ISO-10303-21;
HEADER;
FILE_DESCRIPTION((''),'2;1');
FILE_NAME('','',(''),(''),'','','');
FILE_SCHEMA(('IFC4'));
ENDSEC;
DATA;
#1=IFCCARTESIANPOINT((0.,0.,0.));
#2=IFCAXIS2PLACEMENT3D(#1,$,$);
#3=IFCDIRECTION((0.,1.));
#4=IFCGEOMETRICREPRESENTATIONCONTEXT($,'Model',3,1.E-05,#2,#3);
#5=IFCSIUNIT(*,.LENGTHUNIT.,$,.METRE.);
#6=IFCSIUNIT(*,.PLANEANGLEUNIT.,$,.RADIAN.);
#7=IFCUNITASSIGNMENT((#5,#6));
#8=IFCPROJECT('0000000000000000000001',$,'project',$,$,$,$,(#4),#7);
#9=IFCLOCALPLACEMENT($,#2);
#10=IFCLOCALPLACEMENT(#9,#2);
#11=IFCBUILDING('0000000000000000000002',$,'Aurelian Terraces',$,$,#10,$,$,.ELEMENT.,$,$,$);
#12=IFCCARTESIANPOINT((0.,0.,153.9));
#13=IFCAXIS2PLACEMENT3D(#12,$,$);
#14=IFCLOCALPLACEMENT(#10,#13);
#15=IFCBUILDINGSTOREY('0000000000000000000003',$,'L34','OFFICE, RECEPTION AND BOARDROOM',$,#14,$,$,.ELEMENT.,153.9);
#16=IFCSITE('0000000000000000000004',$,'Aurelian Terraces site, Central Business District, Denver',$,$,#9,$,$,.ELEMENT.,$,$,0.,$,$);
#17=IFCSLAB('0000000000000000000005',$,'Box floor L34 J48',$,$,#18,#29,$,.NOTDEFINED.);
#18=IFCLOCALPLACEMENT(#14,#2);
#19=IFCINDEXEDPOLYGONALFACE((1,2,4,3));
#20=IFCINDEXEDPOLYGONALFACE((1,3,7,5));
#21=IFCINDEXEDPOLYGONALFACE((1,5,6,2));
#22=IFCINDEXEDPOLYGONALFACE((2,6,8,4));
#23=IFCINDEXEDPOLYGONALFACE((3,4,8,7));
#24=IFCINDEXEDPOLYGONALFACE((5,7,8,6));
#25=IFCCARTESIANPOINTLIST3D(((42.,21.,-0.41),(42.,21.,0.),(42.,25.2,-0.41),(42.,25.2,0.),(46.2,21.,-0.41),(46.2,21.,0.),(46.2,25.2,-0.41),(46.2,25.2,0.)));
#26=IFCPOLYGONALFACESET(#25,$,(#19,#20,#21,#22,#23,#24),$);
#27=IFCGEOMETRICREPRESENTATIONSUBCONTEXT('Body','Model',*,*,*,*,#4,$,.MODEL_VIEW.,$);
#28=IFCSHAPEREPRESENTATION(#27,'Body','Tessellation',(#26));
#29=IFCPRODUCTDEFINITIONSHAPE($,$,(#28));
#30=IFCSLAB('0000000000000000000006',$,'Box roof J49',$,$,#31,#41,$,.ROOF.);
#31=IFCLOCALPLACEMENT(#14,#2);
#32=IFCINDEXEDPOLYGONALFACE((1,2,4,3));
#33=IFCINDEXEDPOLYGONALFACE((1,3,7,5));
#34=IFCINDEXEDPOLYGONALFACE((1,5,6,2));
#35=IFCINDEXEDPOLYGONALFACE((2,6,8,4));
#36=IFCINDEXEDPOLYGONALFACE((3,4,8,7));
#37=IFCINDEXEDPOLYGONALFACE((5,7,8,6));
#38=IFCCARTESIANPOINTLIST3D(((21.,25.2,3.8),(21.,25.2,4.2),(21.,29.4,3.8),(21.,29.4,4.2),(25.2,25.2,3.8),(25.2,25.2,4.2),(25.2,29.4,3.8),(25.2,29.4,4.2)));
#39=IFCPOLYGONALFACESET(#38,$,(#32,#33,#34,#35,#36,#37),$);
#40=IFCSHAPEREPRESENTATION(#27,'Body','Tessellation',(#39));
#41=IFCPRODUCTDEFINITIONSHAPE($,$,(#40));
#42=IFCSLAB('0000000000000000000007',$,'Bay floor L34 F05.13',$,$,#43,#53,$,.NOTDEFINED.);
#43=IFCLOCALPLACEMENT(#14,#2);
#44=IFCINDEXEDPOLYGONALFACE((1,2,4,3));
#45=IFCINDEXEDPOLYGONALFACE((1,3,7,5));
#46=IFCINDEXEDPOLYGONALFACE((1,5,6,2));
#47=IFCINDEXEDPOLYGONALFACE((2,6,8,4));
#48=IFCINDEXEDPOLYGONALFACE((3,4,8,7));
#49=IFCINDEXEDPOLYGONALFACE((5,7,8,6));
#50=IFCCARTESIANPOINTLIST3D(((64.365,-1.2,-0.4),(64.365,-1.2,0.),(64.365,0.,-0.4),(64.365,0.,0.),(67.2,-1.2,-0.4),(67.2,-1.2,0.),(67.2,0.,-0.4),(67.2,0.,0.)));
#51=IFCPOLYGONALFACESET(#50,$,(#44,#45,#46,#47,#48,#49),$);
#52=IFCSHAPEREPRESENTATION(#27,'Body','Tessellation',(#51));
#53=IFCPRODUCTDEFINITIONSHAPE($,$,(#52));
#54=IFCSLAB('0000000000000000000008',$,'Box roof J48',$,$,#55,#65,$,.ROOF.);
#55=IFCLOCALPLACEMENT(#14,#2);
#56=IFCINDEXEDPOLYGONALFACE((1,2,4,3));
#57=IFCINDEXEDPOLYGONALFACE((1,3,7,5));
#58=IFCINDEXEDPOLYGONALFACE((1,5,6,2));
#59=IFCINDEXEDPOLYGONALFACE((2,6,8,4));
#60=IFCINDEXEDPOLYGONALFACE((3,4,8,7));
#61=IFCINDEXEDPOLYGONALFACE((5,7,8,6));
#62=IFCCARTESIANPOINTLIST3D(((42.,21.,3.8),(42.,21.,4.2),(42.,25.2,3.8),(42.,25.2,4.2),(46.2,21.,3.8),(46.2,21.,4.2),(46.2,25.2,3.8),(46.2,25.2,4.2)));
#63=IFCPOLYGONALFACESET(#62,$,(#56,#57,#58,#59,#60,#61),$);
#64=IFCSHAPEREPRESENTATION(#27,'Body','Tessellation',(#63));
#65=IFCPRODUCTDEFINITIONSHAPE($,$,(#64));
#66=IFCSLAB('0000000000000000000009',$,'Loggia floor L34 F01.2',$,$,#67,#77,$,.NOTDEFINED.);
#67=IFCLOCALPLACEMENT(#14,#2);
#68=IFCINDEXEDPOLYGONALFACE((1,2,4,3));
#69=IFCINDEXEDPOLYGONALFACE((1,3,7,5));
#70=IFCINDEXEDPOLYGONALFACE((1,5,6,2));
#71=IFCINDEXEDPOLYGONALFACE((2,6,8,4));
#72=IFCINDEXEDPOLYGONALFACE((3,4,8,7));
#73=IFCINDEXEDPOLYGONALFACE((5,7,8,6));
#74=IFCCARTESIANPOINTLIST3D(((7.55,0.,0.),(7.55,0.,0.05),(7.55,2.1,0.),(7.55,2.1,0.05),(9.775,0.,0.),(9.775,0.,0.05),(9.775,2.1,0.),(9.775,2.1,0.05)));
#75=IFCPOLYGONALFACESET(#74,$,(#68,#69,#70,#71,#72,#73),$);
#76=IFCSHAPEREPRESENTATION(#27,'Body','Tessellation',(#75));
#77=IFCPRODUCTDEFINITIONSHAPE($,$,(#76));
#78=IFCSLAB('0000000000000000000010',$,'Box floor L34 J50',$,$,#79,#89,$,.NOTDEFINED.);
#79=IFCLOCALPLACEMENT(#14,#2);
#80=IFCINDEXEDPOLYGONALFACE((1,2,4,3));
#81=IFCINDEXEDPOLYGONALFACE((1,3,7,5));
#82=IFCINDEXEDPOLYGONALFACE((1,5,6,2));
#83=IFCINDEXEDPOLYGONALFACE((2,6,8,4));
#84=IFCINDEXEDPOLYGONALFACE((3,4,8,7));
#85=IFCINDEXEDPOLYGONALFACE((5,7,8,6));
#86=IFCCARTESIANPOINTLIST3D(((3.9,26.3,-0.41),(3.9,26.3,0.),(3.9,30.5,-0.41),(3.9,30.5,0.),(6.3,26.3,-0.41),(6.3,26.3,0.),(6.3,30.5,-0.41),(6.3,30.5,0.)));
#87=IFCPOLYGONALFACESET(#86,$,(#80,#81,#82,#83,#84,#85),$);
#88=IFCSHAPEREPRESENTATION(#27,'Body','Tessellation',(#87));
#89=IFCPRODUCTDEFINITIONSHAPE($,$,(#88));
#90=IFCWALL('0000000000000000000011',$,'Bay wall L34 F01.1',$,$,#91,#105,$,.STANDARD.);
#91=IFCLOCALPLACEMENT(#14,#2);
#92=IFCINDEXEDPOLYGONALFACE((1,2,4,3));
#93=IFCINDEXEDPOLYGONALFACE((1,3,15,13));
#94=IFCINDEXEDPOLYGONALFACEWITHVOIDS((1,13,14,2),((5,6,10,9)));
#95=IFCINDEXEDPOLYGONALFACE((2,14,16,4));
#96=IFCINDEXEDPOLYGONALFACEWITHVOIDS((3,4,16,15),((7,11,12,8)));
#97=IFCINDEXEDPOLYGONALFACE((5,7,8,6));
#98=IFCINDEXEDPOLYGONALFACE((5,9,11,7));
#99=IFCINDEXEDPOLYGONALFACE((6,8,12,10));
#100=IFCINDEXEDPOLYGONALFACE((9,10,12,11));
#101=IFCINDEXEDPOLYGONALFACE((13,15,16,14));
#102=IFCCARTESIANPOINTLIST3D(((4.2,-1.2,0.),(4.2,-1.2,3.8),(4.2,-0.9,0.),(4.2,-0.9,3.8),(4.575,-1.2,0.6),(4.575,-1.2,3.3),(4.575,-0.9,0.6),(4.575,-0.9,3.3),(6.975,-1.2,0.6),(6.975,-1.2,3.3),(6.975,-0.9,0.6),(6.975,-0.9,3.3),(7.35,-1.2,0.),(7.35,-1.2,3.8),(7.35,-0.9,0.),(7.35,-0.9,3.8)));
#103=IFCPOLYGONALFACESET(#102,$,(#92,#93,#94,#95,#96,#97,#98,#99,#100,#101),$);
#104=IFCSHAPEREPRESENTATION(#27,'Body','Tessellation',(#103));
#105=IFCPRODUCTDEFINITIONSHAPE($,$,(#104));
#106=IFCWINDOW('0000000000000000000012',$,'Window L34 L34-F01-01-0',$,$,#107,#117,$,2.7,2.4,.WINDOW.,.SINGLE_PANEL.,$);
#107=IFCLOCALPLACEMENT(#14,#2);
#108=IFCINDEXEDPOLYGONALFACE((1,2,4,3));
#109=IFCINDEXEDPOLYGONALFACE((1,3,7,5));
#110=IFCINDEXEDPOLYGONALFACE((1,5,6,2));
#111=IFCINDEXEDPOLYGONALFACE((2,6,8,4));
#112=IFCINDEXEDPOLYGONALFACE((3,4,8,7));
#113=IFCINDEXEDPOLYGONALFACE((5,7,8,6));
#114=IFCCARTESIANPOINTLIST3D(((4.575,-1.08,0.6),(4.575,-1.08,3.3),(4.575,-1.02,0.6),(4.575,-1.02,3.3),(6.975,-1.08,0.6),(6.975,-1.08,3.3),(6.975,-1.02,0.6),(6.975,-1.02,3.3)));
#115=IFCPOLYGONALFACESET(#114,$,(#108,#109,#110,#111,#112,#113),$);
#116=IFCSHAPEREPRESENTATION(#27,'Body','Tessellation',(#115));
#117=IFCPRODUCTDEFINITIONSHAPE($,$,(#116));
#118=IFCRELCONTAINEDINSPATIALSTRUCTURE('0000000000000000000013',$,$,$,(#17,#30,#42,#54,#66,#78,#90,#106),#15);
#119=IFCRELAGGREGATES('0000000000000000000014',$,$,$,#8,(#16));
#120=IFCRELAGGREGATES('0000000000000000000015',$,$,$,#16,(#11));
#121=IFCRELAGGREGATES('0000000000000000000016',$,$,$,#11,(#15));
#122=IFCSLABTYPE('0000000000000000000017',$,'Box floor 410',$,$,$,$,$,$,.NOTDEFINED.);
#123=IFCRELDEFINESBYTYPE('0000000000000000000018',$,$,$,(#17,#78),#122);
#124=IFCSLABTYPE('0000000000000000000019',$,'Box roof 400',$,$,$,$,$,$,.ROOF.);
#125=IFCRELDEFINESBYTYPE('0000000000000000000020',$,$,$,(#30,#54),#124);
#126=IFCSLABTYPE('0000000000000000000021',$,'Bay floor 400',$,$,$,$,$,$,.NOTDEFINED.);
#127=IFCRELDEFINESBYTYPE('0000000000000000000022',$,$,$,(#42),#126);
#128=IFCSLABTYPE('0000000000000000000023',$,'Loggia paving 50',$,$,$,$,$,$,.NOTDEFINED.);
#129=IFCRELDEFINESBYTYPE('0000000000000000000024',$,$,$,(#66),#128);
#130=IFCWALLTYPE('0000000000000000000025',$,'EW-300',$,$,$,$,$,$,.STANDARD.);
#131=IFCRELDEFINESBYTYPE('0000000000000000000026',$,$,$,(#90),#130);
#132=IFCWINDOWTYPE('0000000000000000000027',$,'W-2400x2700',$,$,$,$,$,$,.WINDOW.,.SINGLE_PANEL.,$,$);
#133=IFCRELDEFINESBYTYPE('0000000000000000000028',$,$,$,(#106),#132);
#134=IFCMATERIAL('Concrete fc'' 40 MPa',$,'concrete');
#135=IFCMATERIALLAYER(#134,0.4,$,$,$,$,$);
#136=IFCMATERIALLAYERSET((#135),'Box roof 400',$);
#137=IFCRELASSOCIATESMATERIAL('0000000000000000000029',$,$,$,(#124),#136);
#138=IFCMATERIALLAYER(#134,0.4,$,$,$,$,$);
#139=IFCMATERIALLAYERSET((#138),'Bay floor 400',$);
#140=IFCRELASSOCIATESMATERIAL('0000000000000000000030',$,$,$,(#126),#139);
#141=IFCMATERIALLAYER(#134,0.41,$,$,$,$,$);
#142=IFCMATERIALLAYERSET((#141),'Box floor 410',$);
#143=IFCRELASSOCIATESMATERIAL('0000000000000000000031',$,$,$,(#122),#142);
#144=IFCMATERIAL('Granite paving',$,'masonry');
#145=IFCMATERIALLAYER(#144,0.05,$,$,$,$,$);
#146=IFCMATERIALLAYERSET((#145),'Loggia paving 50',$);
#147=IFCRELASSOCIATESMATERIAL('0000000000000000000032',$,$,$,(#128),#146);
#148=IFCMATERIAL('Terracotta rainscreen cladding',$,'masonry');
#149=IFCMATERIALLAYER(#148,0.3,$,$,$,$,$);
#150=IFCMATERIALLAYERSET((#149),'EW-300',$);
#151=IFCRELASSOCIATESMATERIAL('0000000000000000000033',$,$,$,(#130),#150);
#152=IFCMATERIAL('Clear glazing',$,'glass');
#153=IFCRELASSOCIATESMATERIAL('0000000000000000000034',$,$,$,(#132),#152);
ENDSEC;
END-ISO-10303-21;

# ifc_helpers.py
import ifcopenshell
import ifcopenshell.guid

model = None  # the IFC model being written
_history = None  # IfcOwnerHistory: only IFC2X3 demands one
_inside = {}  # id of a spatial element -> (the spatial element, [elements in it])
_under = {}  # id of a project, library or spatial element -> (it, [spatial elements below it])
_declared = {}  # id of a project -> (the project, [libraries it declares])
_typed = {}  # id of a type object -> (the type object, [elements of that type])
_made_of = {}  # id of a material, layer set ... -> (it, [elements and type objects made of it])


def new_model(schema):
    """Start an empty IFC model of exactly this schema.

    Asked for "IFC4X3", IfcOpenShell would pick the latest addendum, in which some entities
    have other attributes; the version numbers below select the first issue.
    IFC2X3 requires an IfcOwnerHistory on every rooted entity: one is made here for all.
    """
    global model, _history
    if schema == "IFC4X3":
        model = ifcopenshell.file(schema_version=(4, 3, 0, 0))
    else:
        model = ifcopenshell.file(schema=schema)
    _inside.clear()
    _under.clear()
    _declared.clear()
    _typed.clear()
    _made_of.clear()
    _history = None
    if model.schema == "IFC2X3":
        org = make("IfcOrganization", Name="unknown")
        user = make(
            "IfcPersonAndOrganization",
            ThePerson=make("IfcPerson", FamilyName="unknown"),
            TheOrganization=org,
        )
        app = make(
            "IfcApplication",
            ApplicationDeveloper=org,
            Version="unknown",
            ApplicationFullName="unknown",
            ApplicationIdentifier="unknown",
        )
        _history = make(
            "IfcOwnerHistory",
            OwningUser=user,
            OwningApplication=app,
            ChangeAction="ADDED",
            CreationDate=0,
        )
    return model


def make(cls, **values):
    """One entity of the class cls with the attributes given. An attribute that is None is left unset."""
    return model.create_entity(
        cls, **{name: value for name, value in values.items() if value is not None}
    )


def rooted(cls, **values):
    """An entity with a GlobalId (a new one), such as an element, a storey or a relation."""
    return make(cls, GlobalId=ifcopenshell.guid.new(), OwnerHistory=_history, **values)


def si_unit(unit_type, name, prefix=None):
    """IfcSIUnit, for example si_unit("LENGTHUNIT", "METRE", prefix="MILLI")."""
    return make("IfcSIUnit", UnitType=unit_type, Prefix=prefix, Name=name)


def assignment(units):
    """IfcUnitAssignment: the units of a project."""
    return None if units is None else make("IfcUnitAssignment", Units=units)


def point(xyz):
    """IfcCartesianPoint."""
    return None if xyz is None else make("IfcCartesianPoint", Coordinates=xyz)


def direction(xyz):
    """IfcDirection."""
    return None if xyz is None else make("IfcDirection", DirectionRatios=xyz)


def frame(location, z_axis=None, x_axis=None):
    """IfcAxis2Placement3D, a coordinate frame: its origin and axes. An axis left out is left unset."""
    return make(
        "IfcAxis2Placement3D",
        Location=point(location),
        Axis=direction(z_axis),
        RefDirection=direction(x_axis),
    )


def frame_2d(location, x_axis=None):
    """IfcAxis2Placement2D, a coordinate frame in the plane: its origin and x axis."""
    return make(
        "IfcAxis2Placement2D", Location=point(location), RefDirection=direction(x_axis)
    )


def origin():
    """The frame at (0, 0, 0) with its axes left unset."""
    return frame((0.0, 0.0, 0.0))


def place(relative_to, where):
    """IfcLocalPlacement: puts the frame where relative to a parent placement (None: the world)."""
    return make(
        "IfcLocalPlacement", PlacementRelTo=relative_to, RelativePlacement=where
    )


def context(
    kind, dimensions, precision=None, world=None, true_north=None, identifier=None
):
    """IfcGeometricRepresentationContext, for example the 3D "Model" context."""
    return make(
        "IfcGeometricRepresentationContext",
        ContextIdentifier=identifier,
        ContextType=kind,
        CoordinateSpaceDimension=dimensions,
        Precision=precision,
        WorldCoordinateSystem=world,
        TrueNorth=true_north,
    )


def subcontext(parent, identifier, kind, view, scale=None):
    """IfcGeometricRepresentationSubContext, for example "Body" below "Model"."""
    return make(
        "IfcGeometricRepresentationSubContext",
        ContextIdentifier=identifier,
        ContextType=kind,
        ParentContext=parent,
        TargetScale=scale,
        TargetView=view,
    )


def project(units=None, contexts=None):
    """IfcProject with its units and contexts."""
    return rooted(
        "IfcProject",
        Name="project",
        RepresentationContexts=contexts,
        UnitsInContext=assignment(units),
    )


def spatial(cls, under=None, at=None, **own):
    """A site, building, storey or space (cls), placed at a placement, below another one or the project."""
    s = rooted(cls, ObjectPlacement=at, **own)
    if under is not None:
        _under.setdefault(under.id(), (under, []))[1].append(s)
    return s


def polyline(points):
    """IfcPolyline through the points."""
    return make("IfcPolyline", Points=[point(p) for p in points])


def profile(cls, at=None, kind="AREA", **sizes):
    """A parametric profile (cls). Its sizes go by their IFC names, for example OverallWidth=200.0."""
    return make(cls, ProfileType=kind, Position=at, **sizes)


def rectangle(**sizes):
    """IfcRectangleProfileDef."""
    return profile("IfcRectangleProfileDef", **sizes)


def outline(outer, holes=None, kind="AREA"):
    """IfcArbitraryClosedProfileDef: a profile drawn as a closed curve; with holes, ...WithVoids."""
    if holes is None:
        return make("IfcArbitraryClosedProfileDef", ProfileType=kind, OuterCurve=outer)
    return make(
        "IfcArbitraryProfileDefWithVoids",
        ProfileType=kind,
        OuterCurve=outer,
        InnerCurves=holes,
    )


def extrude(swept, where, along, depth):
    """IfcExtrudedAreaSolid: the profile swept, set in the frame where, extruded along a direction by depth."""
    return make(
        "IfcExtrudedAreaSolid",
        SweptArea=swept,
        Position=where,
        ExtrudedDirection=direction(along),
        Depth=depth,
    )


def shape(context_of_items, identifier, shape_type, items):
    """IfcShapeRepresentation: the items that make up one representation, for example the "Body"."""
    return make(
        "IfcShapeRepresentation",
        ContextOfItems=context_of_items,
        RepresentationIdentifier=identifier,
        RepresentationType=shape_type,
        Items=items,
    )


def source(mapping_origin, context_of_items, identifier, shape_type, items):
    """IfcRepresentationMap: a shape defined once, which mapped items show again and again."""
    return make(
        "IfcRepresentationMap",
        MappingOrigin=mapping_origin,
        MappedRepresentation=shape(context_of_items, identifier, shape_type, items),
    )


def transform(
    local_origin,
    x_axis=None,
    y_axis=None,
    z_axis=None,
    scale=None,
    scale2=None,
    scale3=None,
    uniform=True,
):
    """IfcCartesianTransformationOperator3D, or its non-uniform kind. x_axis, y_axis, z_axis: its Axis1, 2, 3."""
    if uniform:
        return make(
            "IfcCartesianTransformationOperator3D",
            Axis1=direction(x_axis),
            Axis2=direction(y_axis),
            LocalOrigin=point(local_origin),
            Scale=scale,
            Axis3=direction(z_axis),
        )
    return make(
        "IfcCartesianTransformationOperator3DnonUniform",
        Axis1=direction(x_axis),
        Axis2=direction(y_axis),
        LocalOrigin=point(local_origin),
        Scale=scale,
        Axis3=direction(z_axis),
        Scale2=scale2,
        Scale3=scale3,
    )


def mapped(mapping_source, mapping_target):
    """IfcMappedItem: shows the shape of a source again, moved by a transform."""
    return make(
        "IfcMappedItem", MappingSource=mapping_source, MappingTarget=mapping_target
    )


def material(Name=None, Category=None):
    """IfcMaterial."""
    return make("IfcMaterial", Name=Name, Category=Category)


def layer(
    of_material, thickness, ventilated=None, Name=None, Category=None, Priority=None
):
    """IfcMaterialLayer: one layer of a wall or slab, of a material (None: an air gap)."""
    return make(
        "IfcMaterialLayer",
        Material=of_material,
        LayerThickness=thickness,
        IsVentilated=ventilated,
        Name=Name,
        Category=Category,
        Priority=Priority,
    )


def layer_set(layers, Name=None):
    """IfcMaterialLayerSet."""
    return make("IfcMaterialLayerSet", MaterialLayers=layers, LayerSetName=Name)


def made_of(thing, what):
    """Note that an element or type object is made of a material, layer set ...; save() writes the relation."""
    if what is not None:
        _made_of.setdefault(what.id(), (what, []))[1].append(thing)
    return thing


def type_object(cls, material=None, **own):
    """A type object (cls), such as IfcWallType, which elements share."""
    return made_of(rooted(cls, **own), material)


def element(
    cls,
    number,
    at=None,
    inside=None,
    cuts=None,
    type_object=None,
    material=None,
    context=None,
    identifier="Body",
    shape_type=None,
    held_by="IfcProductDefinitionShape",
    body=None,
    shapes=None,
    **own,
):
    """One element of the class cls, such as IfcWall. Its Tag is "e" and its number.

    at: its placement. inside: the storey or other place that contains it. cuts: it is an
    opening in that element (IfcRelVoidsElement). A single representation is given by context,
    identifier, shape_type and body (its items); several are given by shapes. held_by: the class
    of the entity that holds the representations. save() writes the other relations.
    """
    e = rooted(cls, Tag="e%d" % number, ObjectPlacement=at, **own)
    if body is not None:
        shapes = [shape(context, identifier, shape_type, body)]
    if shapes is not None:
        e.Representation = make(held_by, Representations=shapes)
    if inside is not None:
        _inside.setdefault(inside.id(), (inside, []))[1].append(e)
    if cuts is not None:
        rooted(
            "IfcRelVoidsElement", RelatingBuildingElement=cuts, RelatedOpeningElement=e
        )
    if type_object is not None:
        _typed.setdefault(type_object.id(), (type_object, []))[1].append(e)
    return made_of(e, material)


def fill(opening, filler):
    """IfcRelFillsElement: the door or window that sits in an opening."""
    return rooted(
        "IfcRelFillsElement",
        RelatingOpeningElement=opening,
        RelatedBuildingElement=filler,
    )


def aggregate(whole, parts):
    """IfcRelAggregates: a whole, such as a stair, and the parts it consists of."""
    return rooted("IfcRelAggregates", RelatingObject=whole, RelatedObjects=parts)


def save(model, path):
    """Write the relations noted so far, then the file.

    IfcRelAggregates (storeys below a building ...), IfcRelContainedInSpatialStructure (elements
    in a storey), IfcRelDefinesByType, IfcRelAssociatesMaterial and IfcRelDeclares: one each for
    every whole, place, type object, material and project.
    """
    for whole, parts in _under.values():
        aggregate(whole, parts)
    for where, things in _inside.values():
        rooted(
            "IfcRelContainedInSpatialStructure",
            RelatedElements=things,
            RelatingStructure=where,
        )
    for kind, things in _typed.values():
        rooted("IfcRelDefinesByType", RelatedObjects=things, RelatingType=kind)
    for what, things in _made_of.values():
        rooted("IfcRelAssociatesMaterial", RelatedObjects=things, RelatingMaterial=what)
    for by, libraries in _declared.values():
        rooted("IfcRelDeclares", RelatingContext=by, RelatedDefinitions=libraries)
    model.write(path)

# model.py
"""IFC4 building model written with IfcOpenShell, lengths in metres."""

from ifc_helpers import new_model, si_unit, direction, frame, frame_2d, origin, place, context, subcontext, project, spatial, polyline, rectangle, outline, extrude, source, transform, mapped, material, layer, layer_set, type_object, element, fill, save


model = new_model("IFC4")

# Units and contexts
model_context = context("Model", 3, precision=1e-05, world=origin(), true_north=direction((0.0, 1.0)))
body_context = subcontext(model_context, "Body", "Model", "MODEL_VIEW")
ifc_project = project(units=[si_unit("LENGTHUNIT", "METRE"), si_unit("PLANEANGLEUNIT", "RADIAN")], contexts=[model_context])

# Site, building, storey
site_placement = place(None, origin())
site = spatial("IfcSite", under=ifc_project, at=site_placement, Name="Aurelian Terraces site, Central Business District, Denver", CompositionType="ELEMENT", RefElevation=0.0)
building_placement = place(site_placement, origin())
building = spatial("IfcBuilding", under=site, at=building_placement, Name="Aurelian Terraces", CompositionType="ELEMENT")
storey_placement = place(building_placement, frame((0.0, 0.0, 153.9)))
storey = spatial("IfcBuildingStorey", under=building, at=storey_placement, Name="L34", Description="OFFICE, RECEPTION AND BOARDROOM", CompositionType="ELEMENT", Elevation=153.9)

# Slabs
ifc_material_1 = material(Name="Concrete fc' 40 MPa", Category="concrete")
ifc_layer_1 = layer(ifc_material_1, 0.4)
ifc_layer_set_1 = layer_set([ifc_layer_1], Name="Box roof 400")
slab_type_1 = type_object("IfcSlabType", Name="Box roof 400", PredefinedType="ROOF", material=ifc_layer_set_1)
ifc_layer_2 = layer(ifc_material_1, 0.4)
ifc_layer_set_2 = layer_set([ifc_layer_2], Name="Bay floor 400")
slab_type_2 = type_object("IfcSlabType", Name="Bay floor 400", PredefinedType="NOTDEFINED", material=ifc_layer_set_2)
ifc_layer_3 = layer(ifc_material_1, 0.41)
ifc_layer_set_3 = layer_set([ifc_layer_3], Name="Box floor 410")
slab_type_3 = type_object("IfcSlabType", Name="Box floor 410", PredefinedType="NOTDEFINED", material=ifc_layer_set_3)
shared_shape_1 = source(origin(), body_context, "Body", "SweptSolid", [
    extrude(outline(polyline([(46.2, 25.2), (42.0, 25.2), (42.0, 21.0), (46.2, 21.0), (46.2, 25.2)])), origin(), (0.0, 0.0, 1.0), 0.41),
])
slab_1_placement = place(storey_placement, frame((0.0, 0.0, -0.41)))
element("IfcSlab", 1, at=slab_1_placement, inside=storey, type_object=slab_type_3, Name="Box floor L34 J48", PredefinedType="NOTDEFINED", context=body_context, shape_type="MappedRepresentation", body=[
    mapped(shared_shape_1, transform((0.0, 0.0, 0.0), scale=1.0)),
])
shared_shape_2 = source(origin(), body_context, "Body", "SweptSolid", [
    extrude(outline(polyline([(25.2, 25.2), (25.2, 29.4), (21.0, 29.4), (21.0, 25.2), (25.2, 25.2)])), origin(), (0.0, 0.0, 1.0), 0.4),
])
slab_2_placement = place(storey_placement, frame((0.0, 0.0, 3.8)))
element("IfcSlab", 2, at=slab_2_placement, inside=storey, type_object=slab_type_1, Name="Box roof J49", PredefinedType="ROOF", context=body_context, shape_type="MappedRepresentation", body=[
    mapped(shared_shape_2, transform((0.0, 0.0, 0.0), scale=1.0)),
])
shared_shape_3 = source(origin(), body_context, "Body", "SweptSolid", [
    extrude(outline(polyline([(64.365, 0.0), (67.2, 0.0), (67.2, -1.2), (64.365, -1.2), (64.365, 0.0)])), origin(), (0.0, 0.0, 1.0), 0.4),
])
slab_3_placement = place(storey_placement, frame((0.0, 0.0, -0.4)))
element("IfcSlab", 3, at=slab_3_placement, inside=storey, type_object=slab_type_2, Name="Bay floor L34 F05.13", PredefinedType="NOTDEFINED", context=body_context, shape_type="MappedRepresentation", body=[
    mapped(shared_shape_3, transform((0.0, 0.0, 0.0), scale=1.0)),
])
shared_shape_4 = source(origin(), body_context, "Body", "SweptSolid", [
    extrude(outline(polyline([(46.2, 25.2), (42.0, 25.2), (42.0, 21.0), (46.2, 21.0), (46.2, 25.2)])), origin(), (0.0, 0.0, 1.0), 0.4),
])
slab_4_placement = place(storey_placement, frame((0.0, 0.0, 3.8)))
element("IfcSlab", 4, at=slab_4_placement, inside=storey, type_object=slab_type_1, Name="Box roof J48", PredefinedType="ROOF", context=body_context, shape_type="MappedRepresentation", body=[
    mapped(shared_shape_4, transform((0.0, 0.0, 0.0), scale=1.0)),
])
ifc_material_2 = material(Name="Granite paving", Category="masonry")
ifc_layer_4 = layer(ifc_material_2, 0.05)
ifc_layer_set_4 = layer_set([ifc_layer_4], Name="Loggia paving 50")
slab_type_4 = type_object("IfcSlabType", Name="Loggia paving 50", PredefinedType="NOTDEFINED", material=ifc_layer_set_4)
shared_shape_5 = source(origin(), body_context, "Body", "SweptSolid", [
    extrude(outline(polyline([(7.55, 0.0), (9.775, 0.0), (9.775, 2.1), (7.55, 2.1), (7.55, 0.0)])), origin(), (0.0, 0.0, 1.0), 0.05),
])
slab_5_placement = place(storey_placement, origin())
element("IfcSlab", 5, at=slab_5_placement, inside=storey, type_object=slab_type_4, Name="Loggia floor L34 F01.2", PredefinedType="NOTDEFINED", context=body_context, shape_type="MappedRepresentation", body=[
    mapped(shared_shape_5, transform((0.0, 0.0, 0.0), scale=1.0)),
])
shared_shape_6 = source(origin(), body_context, "Body", "SweptSolid", [
    extrude(outline(polyline([(3.9, 30.5), (3.9, 26.3), (6.3, 26.3), (6.3, 30.5), (3.9, 30.5)])), origin(), (0.0, 0.0, 1.0), 0.41),
])
slab_6_placement = place(storey_placement, frame((0.0, 0.0, -0.41)))
element("IfcSlab", 6, at=slab_6_placement, inside=storey, type_object=slab_type_3, Name="Box floor L34 J50", PredefinedType="NOTDEFINED", context=body_context, shape_type="MappedRepresentation", body=[
    mapped(shared_shape_6, transform((0.0, 0.0, 0.0), scale=1.0)),
])

# Wall, opening, window
ifc_material_3 = material(Name="Terracotta rainscreen cladding", Category="masonry")
ifc_layer_5 = layer(ifc_material_3, 0.3)
ifc_layer_set_5 = layer_set([ifc_layer_5], Name="EW-300")
wall_type = type_object("IfcWallType", Name="EW-300", PredefinedType="STANDARD", material=ifc_layer_set_5)
shared_shape_7 = source(origin(), body_context, "Body", "SweptSolid", [
    extrude(rectangle(XDim=3.15, YDim=0.3, at=frame_2d((1.575, 0.0))), origin(), (0.0, 0.0, 1.0), 3.8),
])
wall_placement = place(storey_placement, frame((4.2, -1.05, 0.0), z_axis=(0.0, 0.0, 1.0), x_axis=(1.0, 0.0, 0.0)))
wall = element("IfcWall", 7, at=wall_placement, inside=storey, type_object=wall_type, Name="Bay wall L34 F01.1", PredefinedType="STANDARD", context=body_context, shape_type="MappedRepresentation", body=[
    mapped(shared_shape_7, transform((0.0, 0.0, 0.0), scale=1.0)),
])
shared_shape_8 = source(origin(), body_context, "Body", "SweptSolid", [
    extrude(rectangle(XDim=2.4, YDim=2.7, at=frame_2d((1.2, 1.35))), frame((0.0, 0.16, 0.0), z_axis=(0.0, -1.0, 0.0), x_axis=(1.0, 0.0, 0.0)), (0.0, 0.0, 1.0), 0.32),
])
opening_placement = place(wall_placement, frame((0.375, 0.0, 0.6)))
opening = element("IfcOpeningElement", 8, at=opening_placement, cuts=wall, PredefinedType="OPENING", context=body_context, shape_type="MappedRepresentation", body=[
    mapped(shared_shape_8, transform((0.0, 0.0, 0.0), scale=1.0)),
])
ifc_material_4 = material(Name="Clear glazing", Category="glass")
window_type = type_object("IfcWindowType", Name="W-2400x2700", PartitioningType="SINGLE_PANEL", PredefinedType="WINDOW", material=ifc_material_4)
shared_shape_9 = source(origin(), body_context, "Body", "SweptSolid", [
    extrude(rectangle(XDim=2.4, YDim=2.7, at=frame_2d((1.2, 1.35))), frame((0.0, 0.03, 0.0), z_axis=(0.0, -1.0, 0.0), x_axis=(1.0, 0.0, 0.0)), (0.0, 0.0, 1.0), 0.06),
])
window_placement = place(opening_placement, origin())
window = element("IfcWindow", 9, at=window_placement, inside=storey, type_object=window_type, Name="Window L34 L34-F01-01-0", OverallHeight=2.7, OverallWidth=2.4, PartitioningType="SINGLE_PANEL", PredefinedType="WINDOW", context=body_context, shape_type="MappedRepresentation", body=[
    mapped(shared_shape_9, transform((0.0, 0.0, 0.0), scale=1.0)),
])
fill(opening, window)

save(model, "model.ifc")
